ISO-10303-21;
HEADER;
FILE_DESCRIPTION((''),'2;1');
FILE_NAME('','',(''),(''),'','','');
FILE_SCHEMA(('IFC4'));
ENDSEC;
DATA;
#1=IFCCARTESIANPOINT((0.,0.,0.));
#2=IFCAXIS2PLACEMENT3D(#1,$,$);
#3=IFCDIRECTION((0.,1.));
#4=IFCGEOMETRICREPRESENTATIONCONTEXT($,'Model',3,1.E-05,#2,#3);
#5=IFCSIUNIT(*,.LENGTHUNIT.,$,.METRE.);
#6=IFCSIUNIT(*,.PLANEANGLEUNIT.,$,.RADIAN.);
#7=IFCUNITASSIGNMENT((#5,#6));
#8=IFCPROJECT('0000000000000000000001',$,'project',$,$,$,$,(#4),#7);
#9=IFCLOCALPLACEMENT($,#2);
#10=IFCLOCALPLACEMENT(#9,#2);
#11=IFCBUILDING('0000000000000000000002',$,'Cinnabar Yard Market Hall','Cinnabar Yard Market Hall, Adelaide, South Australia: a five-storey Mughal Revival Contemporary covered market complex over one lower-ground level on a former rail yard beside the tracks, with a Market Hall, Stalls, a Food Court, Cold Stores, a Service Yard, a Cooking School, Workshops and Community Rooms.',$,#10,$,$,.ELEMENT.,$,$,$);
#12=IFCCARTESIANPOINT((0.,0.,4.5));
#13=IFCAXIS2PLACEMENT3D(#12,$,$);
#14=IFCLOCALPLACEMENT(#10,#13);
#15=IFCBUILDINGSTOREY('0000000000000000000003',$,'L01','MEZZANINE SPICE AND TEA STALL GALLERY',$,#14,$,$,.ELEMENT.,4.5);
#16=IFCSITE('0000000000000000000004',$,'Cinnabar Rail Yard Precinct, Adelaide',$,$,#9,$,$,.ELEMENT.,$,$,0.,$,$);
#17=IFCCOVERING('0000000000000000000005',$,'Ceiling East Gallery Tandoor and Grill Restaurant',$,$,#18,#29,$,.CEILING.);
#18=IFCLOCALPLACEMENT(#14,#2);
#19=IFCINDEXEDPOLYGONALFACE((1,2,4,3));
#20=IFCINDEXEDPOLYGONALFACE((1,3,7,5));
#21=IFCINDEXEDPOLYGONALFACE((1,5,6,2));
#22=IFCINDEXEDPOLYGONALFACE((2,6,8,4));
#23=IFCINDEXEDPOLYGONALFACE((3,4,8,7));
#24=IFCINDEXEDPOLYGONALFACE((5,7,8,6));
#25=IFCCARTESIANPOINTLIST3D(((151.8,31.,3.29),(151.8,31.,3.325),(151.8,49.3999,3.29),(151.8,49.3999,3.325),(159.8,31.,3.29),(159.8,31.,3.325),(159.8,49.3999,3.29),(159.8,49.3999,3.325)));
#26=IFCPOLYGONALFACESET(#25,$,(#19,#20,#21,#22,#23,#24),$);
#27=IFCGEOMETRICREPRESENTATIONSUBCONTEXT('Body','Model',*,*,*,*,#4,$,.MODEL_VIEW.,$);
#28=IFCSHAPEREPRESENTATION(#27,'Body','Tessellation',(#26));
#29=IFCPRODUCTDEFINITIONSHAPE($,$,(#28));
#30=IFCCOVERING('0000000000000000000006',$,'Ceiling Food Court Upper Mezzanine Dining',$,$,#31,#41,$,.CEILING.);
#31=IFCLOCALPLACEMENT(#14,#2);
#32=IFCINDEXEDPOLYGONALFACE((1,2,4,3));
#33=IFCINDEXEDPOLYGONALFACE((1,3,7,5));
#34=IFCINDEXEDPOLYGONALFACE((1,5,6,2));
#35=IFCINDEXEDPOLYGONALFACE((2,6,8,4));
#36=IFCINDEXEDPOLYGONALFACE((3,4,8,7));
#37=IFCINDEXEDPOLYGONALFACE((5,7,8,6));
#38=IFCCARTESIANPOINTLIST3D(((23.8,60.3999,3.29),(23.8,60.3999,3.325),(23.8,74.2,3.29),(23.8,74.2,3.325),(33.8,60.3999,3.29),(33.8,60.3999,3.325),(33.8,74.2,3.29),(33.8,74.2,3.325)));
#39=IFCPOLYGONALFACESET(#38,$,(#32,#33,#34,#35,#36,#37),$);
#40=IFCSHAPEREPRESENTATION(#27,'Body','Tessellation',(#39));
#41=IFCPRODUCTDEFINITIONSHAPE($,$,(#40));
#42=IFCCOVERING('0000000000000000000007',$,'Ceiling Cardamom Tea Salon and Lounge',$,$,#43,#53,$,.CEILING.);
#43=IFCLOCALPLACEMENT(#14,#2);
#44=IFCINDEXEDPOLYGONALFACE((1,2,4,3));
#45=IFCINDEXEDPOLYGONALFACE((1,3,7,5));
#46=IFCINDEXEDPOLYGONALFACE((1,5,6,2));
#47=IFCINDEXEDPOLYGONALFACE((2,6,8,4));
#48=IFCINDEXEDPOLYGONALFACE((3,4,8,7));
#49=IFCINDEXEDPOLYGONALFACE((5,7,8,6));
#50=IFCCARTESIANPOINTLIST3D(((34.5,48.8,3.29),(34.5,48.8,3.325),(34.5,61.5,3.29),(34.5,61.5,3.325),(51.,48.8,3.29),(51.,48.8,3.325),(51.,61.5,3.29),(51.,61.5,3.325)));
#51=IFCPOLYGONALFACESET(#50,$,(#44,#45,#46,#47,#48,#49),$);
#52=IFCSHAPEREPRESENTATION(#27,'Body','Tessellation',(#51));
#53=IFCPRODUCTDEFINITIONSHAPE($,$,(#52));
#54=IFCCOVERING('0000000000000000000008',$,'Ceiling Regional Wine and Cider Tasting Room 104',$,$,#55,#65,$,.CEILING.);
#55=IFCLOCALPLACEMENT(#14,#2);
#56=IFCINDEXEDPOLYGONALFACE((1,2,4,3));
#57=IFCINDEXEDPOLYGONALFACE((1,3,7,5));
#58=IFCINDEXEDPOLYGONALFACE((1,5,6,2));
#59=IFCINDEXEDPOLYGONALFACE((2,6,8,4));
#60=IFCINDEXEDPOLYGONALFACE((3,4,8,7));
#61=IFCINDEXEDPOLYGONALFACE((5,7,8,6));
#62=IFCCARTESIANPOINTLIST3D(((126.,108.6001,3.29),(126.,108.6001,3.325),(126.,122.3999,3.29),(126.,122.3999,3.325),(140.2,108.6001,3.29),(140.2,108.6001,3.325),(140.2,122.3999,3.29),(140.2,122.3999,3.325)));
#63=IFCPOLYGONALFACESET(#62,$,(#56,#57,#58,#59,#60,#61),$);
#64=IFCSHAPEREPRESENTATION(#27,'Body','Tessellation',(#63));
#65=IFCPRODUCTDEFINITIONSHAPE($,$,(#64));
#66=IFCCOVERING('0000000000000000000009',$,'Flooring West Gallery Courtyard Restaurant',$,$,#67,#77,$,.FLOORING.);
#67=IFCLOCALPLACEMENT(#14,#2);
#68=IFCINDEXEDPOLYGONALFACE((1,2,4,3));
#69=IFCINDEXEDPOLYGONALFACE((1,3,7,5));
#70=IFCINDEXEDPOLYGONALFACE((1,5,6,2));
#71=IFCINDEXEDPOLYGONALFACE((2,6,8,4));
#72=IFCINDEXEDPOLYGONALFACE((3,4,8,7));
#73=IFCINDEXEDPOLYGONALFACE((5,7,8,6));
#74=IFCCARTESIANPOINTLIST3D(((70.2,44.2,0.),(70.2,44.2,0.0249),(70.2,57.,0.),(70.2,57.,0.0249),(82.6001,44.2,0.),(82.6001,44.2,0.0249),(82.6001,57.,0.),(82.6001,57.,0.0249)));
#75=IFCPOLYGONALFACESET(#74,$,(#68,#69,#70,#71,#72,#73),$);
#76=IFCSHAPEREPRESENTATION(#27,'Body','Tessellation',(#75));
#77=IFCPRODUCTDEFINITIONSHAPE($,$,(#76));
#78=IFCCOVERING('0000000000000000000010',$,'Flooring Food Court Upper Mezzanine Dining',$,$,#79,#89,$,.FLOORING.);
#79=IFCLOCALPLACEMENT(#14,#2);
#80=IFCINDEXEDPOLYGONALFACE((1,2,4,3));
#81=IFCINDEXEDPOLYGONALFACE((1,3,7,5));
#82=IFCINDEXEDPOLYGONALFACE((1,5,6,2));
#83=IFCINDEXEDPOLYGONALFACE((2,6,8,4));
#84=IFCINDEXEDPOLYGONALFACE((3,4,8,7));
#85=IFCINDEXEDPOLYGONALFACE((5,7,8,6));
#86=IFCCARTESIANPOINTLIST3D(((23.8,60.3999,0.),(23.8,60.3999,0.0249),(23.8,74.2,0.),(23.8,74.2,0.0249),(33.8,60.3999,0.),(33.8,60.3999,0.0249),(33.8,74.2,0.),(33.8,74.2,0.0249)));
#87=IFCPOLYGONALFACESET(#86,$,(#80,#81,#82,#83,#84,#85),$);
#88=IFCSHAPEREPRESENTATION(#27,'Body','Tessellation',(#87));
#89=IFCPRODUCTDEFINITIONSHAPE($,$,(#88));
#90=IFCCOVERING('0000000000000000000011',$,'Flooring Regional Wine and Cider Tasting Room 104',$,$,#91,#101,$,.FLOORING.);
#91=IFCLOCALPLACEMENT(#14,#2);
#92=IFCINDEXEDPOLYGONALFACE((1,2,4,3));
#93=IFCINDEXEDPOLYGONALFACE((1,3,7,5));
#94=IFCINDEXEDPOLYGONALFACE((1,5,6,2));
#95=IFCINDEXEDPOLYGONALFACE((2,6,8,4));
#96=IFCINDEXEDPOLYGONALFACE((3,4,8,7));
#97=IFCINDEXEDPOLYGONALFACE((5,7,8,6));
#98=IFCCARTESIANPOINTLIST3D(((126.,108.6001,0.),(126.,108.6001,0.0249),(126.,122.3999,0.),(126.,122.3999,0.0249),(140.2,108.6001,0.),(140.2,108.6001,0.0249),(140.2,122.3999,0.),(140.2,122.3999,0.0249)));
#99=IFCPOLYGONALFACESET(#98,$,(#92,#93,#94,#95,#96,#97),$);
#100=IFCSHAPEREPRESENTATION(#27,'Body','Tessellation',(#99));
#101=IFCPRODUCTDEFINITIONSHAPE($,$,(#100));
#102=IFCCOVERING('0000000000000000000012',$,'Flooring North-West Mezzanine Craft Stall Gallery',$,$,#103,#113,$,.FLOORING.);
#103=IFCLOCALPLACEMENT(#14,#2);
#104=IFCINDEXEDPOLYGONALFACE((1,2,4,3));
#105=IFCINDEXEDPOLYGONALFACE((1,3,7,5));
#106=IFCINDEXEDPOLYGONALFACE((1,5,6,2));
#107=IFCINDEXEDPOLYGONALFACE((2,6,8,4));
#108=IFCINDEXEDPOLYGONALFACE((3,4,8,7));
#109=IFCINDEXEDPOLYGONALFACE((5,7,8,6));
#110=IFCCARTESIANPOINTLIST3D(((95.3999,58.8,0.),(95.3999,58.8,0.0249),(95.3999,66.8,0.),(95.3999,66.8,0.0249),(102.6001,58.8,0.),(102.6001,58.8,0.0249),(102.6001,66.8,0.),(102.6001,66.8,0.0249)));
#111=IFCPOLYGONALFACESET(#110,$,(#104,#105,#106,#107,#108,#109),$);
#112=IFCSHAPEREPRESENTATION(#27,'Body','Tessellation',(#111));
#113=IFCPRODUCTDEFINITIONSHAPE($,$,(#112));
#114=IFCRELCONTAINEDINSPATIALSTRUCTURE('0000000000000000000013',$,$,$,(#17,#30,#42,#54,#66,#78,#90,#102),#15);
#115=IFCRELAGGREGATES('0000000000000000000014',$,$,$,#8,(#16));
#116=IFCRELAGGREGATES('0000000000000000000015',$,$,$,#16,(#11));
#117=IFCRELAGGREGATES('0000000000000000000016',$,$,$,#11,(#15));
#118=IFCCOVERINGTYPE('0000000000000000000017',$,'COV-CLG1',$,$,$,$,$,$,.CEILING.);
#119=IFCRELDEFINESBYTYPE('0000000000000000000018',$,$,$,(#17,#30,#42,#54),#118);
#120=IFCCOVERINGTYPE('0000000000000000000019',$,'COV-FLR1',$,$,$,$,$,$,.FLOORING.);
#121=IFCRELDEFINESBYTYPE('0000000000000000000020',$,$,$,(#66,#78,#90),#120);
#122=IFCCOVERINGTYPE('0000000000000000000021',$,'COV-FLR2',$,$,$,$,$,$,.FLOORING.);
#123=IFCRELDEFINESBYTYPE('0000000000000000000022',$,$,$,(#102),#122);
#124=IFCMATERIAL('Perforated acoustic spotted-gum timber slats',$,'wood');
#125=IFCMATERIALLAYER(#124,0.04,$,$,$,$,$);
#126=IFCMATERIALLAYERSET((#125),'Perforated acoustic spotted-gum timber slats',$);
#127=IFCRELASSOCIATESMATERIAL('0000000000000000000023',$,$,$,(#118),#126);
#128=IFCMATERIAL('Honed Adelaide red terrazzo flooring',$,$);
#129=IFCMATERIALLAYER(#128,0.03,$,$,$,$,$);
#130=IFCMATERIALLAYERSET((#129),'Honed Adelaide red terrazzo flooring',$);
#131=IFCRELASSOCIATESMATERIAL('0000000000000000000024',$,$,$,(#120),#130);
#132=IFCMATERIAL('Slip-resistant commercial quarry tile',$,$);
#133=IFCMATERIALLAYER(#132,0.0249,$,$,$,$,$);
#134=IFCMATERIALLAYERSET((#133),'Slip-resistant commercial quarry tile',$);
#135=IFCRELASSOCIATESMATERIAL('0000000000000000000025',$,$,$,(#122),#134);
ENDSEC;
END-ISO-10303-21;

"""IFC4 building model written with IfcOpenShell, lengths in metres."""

from ifc_helpers import new_model, si_unit, direction, frame, origin, place, context, subcontext, project, spatial, polyline, outline, extrude, material, layer, layer_set, type_object, element, save


model = new_model("IFC4")

# Units and contexts
model_context = context("Model", 3, precision=1e-05, world=origin(), true_north=direction((0.0, 1.0)))
body_context = subcontext(model_context, "Body", "Model", "MODEL_VIEW")
ifc_project = project(units=[si_unit("LENGTHUNIT", "METRE"), si_unit("PLANEANGLEUNIT", "RADIAN")], contexts=[model_context])

# Site, building, storey
site_placement = place(None, origin())
site = spatial("IfcSite", under=ifc_project, at=site_placement, Name="Cinnabar Rail Yard Precinct, Adelaide", CompositionType="ELEMENT", RefElevation=0.0)
building_placement = place(site_placement, origin())
building = spatial("IfcBuilding", under=site, at=building_placement, Name="Cinnabar Yard Market Hall", Description="Cinnabar Yard Market Hall, Adelaide, South Australia: a five-storey Mughal Revival Contemporary covered market complex over one lower-ground level on a former rail yard beside the tracks, with a Market Hall, Stalls, a Food Court, Cold Stores, a Service Yard, a Cooking School, Workshops and Community Rooms.", CompositionType="ELEMENT")
storey_placement = place(building_placement, frame((0.0, 0.0, 4.5)))
storey = spatial("IfcBuildingStorey", under=building, at=storey_placement, Name="L01", Description="MEZZANINE SPICE AND TEA STALL GALLERY", CompositionType="ELEMENT", Elevation=4.5)

# Coverings
ifc_material_1 = material(Name="Perforated acoustic spotted-gum timber slats", Category="wood")
ifc_layer_1 = layer(ifc_material_1, 0.04)
ifc_layer_set_1 = layer_set([ifc_layer_1], Name="Perforated acoustic spotted-gum timber slats")
covering_type_1 = type_object("IfcCoveringType", Name="COV-CLG1", PredefinedType="CEILING", material=ifc_layer_set_1)
covering_1_placement = place(storey_placement, frame((0.0, 0.0, 3.29)))
element("IfcCovering", 1, at=covering_1_placement, inside=storey, type_object=covering_type_1, Name="Ceiling East Gallery Tandoor and Grill Restaurant", PredefinedType="CEILING", context=body_context, shape_type="SweptSolid", body=[
    extrude(outline(polyline([(151.8, 31.0), (159.8, 31.0), (159.8, 49.3999), (151.8, 49.3999), (151.8, 31.0)])), origin(), (0.0, 0.0, 1.0), 0.0349),
])
covering_2_placement = place(storey_placement, frame((0.0, 0.0, 3.29)))
element("IfcCovering", 2, at=covering_2_placement, inside=storey, type_object=covering_type_1, Name="Ceiling Food Court Upper Mezzanine Dining", PredefinedType="CEILING", context=body_context, shape_type="SweptSolid", body=[
    extrude(outline(polyline([(23.8, 60.3999), (33.8, 60.3999), (33.8, 74.2), (23.8, 74.2), (23.8, 60.3999)])), origin(), (0.0, 0.0, 1.0), 0.0349),
])
covering_3_placement = place(storey_placement, frame((0.0, 0.0, 3.29)))
element("IfcCovering", 3, at=covering_3_placement, inside=storey, type_object=covering_type_1, Name="Ceiling Cardamom Tea Salon and Lounge", PredefinedType="CEILING", context=body_context, shape_type="SweptSolid", body=[
    extrude(outline(polyline([(34.5, 48.8), (51.0, 48.8), (51.0, 61.5), (34.5, 61.5), (34.5, 48.8)])), origin(), (0.0, 0.0, 1.0), 0.0349),
])
covering_4_placement = place(storey_placement, frame((0.0, 0.0, 3.29)))
element("IfcCovering", 4, at=covering_4_placement, inside=storey, type_object=covering_type_1, Name="Ceiling Regional Wine and Cider Tasting Room 104", PredefinedType="CEILING", context=body_context, shape_type="SweptSolid", body=[
    extrude(outline(polyline([(126.0, 108.6001), (140.2, 108.6001), (140.2, 122.3999), (126.0, 122.3999), (126.0, 108.6001)])), origin(), (0.0, 0.0, 1.0), 0.0349),
])
ifc_material_2 = material(Name="Honed Adelaide red terrazzo flooring")
ifc_layer_2 = layer(ifc_material_2, 0.03)
ifc_layer_set_2 = layer_set([ifc_layer_2], Name="Honed Adelaide red terrazzo flooring")
covering_type_2 = type_object("IfcCoveringType", Name="COV-FLR1", PredefinedType="FLOORING", material=ifc_layer_set_2)
covering_5_placement = place(storey_placement, origin())
element("IfcCovering", 5, at=covering_5_placement, inside=storey, type_object=covering_type_2, Name="Flooring West Gallery Courtyard Restaurant", PredefinedType="FLOORING", context=body_context, shape_type="SweptSolid", body=[
    extrude(outline(polyline([(70.2, 44.2), (82.6001, 44.2), (82.6001, 57.0), (70.2, 57.0), (70.2, 44.2)])), origin(), (0.0, 0.0, 1.0), 0.0249),
])
covering_6_placement = place(storey_placement, origin())
element("IfcCovering", 6, at=covering_6_placement, inside=storey, type_object=covering_type_2, Name="Flooring Food Court Upper Mezzanine Dining", PredefinedType="FLOORING", context=body_context, shape_type="SweptSolid", body=[
    extrude(outline(polyline([(23.8, 60.3999), (33.8, 60.3999), (33.8, 74.2), (23.8, 74.2), (23.8, 60.3999)])), origin(), (0.0, 0.0, 1.0), 0.0249),
])
covering_7_placement = place(storey_placement, origin())
element("IfcCovering", 7, at=covering_7_placement, inside=storey, type_object=covering_type_2, Name="Flooring Regional Wine and Cider Tasting Room 104", PredefinedType="FLOORING", context=body_context, shape_type="SweptSolid", body=[
    extrude(outline(polyline([(126.0, 108.6001), (140.2, 108.6001), (140.2, 122.3999), (126.0, 122.3999), (126.0, 108.6001)])), origin(), (0.0, 0.0, 1.0), 0.0249),
])
ifc_material_3 = material(Name="Slip-resistant commercial quarry tile")
ifc_layer_3 = layer(ifc_material_3, 0.0249)
ifc_layer_set_3 = layer_set([ifc_layer_3], Name="Slip-resistant commercial quarry tile")
covering_type_3 = type_object("IfcCoveringType", Name="COV-FLR2", PredefinedType="FLOORING", material=ifc_layer_set_3)
covering_8_placement = place(storey_placement, origin())
element("IfcCovering", 8, at=covering_8_placement, inside=storey, type_object=covering_type_3, Name="Flooring North-West Mezzanine Craft Stall Gallery", PredefinedType="FLOORING", context=body_context, shape_type="SweptSolid", body=[
    extrude(outline(polyline([(95.3999, 58.8), (102.6001, 58.8), (102.6001, 66.8), (95.3999, 66.8), (95.3999, 58.8)])), origin(), (0.0, 0.0, 1.0), 0.0249),
])

save(model, "model.ifc")
